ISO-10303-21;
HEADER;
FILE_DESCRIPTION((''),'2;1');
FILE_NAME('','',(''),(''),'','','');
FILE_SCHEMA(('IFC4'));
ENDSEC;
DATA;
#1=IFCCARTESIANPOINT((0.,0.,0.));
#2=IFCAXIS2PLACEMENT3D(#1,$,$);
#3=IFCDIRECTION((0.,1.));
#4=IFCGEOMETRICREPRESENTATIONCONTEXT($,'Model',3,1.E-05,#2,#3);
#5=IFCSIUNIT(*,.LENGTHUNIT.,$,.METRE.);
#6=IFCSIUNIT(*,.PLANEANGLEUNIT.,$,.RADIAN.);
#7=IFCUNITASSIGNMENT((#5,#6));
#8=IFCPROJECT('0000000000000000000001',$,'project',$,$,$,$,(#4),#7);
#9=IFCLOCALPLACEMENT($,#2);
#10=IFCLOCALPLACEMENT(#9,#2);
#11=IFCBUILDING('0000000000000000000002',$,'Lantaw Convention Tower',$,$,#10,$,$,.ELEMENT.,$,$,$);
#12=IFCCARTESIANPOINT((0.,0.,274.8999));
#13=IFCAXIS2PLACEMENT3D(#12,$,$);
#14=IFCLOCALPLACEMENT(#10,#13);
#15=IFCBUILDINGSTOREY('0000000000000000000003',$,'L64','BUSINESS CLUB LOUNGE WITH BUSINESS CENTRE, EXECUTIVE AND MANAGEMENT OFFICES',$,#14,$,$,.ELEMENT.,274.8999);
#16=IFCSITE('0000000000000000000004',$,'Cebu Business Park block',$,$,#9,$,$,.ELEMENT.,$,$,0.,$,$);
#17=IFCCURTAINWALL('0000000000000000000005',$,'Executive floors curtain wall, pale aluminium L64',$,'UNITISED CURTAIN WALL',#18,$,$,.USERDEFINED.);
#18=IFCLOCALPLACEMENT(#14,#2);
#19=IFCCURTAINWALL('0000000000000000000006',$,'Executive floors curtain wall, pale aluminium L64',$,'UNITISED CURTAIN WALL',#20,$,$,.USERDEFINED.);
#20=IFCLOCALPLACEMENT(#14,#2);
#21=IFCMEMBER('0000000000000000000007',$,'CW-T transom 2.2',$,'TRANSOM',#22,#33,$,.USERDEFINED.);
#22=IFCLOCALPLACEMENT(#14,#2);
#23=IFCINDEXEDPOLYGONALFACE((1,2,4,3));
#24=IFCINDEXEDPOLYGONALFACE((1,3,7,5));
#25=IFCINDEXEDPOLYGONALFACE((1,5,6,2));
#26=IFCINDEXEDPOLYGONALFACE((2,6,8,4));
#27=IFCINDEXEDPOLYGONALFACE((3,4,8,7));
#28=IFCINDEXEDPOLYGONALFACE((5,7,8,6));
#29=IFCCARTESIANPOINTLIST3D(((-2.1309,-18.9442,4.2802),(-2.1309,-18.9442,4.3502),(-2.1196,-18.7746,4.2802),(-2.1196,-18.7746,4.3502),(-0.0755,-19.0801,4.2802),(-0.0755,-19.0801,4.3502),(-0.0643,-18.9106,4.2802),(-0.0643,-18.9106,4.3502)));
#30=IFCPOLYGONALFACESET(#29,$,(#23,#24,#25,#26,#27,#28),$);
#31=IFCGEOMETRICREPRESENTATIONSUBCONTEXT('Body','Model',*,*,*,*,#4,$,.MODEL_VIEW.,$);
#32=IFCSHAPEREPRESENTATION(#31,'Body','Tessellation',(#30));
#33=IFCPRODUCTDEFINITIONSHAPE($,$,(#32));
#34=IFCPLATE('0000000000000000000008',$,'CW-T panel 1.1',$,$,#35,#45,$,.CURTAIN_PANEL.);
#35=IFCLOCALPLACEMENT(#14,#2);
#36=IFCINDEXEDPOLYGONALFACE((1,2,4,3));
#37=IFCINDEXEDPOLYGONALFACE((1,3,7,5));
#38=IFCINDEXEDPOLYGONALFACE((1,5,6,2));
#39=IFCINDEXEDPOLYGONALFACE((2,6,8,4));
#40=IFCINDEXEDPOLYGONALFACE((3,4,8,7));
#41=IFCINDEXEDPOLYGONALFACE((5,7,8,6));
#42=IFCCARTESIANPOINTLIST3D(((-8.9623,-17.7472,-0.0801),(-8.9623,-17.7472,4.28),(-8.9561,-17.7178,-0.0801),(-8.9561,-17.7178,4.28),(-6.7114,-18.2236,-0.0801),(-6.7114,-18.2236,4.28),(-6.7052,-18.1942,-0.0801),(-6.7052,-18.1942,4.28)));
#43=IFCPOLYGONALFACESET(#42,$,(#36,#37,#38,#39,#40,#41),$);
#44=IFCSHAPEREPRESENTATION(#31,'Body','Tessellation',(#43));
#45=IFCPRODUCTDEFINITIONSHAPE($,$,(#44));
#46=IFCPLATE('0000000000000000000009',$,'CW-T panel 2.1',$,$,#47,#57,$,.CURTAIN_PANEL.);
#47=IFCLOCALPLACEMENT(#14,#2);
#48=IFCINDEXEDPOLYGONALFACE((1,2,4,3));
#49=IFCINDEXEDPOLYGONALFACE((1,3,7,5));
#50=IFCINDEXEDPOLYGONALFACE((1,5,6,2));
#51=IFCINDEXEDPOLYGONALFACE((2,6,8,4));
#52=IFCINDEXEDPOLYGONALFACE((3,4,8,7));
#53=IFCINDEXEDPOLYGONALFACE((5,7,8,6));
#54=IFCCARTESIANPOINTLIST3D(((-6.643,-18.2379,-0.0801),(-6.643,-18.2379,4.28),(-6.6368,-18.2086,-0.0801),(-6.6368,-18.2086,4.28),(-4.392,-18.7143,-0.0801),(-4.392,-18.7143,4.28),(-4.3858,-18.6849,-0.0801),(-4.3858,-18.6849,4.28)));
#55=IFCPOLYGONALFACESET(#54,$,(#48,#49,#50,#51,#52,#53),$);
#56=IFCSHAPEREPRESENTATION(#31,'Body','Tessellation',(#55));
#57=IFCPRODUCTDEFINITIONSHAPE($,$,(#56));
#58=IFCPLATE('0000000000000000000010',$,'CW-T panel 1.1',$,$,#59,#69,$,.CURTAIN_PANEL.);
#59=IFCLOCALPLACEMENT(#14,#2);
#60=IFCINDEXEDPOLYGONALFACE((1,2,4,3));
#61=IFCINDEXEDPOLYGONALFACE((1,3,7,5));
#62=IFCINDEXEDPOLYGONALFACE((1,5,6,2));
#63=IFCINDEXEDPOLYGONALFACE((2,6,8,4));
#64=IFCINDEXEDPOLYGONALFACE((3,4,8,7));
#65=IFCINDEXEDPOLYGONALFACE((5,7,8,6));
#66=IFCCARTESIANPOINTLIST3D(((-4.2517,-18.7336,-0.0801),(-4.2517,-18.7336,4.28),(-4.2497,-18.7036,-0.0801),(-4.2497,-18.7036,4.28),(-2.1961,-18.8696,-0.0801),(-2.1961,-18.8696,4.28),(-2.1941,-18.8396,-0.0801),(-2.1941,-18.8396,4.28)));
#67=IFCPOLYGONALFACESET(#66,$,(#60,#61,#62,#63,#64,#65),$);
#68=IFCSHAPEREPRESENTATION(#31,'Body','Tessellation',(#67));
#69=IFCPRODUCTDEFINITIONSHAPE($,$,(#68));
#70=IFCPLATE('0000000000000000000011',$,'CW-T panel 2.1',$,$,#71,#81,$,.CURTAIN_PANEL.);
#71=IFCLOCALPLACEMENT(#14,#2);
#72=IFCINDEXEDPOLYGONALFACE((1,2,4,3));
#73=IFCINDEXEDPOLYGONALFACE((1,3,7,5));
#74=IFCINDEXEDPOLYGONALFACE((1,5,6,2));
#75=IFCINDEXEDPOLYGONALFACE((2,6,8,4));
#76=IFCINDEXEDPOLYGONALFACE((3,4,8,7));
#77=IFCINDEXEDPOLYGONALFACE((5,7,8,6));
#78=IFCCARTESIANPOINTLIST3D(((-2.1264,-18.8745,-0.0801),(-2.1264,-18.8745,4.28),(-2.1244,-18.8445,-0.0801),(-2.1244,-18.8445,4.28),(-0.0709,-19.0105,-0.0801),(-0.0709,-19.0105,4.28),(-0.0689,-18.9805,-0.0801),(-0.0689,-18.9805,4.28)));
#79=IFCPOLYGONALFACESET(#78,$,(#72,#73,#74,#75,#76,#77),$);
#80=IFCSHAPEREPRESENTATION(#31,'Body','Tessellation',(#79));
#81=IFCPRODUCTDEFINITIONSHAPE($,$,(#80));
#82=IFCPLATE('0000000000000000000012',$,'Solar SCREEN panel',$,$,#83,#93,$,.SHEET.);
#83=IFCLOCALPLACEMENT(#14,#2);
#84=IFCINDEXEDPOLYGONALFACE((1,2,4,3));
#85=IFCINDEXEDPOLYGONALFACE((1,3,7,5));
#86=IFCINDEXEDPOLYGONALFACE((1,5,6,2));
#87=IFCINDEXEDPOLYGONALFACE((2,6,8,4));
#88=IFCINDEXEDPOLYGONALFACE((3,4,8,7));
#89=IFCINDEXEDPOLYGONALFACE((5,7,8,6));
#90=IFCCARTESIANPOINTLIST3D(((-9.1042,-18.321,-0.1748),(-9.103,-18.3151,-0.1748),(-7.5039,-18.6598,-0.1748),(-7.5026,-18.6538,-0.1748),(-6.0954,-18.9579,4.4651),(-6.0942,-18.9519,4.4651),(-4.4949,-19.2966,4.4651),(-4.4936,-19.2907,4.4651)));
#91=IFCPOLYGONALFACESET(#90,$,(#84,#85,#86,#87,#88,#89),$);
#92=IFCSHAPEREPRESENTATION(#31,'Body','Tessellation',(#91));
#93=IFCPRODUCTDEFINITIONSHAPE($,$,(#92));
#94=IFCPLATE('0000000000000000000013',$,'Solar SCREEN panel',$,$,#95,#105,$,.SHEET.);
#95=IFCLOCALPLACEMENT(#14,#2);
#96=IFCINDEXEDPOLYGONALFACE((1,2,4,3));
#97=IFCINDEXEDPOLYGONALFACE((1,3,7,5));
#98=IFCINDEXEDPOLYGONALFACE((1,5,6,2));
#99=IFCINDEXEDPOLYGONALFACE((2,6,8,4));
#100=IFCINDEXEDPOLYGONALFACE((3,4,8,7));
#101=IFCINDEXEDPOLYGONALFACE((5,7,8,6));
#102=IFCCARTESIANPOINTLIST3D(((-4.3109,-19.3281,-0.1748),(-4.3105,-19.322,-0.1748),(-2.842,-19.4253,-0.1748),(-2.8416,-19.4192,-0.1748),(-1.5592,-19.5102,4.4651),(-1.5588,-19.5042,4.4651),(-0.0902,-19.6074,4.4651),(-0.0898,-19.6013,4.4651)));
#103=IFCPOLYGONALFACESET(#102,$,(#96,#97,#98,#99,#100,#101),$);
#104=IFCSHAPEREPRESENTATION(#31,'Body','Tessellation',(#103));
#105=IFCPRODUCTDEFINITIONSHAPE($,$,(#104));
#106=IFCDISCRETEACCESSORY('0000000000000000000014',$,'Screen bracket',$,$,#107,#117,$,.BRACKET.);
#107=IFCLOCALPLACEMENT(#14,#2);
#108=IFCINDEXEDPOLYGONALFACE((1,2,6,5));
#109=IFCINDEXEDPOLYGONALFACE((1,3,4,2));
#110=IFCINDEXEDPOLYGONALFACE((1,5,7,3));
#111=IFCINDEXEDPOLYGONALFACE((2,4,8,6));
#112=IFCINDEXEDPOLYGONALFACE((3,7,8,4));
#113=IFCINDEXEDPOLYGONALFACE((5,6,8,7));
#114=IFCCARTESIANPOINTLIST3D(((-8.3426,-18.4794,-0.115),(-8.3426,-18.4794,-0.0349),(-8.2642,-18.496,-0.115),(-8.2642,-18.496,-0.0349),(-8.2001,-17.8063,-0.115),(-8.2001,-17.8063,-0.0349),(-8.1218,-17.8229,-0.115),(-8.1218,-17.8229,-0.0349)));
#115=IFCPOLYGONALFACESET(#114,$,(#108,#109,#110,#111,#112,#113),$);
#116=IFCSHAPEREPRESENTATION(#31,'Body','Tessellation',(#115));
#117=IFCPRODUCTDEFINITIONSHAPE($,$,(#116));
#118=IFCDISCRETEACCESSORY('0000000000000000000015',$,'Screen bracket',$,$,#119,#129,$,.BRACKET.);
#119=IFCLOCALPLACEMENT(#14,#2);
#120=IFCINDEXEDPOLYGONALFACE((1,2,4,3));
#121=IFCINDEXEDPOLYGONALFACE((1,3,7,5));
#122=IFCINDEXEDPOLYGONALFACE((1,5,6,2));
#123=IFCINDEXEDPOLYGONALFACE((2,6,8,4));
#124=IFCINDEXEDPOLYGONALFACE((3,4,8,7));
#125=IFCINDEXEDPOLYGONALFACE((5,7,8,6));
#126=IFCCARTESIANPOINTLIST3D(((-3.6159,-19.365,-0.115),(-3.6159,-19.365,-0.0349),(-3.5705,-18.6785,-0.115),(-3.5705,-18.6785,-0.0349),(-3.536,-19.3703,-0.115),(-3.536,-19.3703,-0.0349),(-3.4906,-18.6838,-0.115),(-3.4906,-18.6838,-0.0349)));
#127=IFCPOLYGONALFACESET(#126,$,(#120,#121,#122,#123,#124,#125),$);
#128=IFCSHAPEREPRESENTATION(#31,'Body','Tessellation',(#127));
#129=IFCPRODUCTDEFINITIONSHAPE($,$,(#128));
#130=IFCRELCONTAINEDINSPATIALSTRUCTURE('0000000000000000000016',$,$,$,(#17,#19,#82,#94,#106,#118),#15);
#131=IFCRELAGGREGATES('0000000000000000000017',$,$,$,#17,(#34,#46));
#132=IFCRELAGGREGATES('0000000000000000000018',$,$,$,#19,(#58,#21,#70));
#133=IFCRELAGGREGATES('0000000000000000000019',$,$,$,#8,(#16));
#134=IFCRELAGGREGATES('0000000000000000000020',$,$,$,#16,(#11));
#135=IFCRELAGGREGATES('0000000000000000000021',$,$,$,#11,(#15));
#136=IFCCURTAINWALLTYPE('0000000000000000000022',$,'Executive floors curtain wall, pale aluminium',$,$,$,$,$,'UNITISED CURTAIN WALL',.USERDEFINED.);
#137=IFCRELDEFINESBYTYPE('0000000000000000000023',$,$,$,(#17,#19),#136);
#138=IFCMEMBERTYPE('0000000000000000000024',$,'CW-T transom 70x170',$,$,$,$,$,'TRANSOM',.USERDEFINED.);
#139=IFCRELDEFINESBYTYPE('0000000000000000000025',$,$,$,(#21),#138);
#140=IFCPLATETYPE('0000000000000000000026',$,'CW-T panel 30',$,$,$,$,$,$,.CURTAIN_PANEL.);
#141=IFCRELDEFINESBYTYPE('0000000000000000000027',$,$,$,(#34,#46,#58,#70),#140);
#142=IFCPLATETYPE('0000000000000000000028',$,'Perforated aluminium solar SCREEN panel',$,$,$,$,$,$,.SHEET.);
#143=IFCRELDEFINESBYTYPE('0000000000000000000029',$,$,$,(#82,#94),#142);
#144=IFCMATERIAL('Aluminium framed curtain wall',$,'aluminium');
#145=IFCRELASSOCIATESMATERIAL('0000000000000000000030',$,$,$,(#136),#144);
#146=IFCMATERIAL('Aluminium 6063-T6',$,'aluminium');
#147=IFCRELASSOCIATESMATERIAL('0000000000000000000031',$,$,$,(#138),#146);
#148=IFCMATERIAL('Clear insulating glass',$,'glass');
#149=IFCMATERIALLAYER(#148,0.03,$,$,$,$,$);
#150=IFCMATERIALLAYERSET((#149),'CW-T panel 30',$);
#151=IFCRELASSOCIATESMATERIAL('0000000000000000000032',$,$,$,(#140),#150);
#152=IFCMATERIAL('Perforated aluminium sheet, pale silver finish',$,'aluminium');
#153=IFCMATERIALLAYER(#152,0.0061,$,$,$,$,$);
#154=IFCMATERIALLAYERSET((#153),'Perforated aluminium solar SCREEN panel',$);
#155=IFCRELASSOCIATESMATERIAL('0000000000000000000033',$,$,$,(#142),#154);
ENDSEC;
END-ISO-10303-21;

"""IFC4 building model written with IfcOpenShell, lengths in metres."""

from ifc_helpers import new_model, si_unit, direction, frame, origin, origin_2d, place, context, subcontext, project, spatial, polyline, rectangle, outline, extrude, material, layer, layer_set, material_profile, profile_set, type_object, element, aggregate, save


model = new_model("IFC4")

# Units and contexts
model_context = context("Model", 3, precision=1e-05, world=origin(), true_north=direction((0.0, 1.0)))
body_context = subcontext(model_context, "Body", "Model", "MODEL_VIEW")
ifc_project = project(units=[si_unit("LENGTHUNIT", "METRE"), si_unit("PLANEANGLEUNIT", "RADIAN")], contexts=[model_context])

# Site, building, storey
site_placement = place(None, origin())
site = spatial("IfcSite", under=ifc_project, at=site_placement, Name="Cebu Business Park block", CompositionType="ELEMENT", RefElevation=0.0)
building_placement = place(site_placement, origin())
building = spatial("IfcBuilding", under=site, at=building_placement, Name="Lantaw Convention Tower", CompositionType="ELEMENT")
storey_placement = place(building_placement, frame((0.0, 0.0, 274.8999)))
storey = spatial("IfcBuildingStorey", under=building, at=storey_placement, Name="L64", Description="BUSINESS CLUB LOUNGE WITH BUSINESS CENTRE, EXECUTIVE AND MANAGEMENT OFFICES", CompositionType="ELEMENT", Elevation=274.8999)

# Shared definitions
ifc_material_1 = material(Name="Aluminium framed curtain wall", Category="aluminium")
curtain_wall_type = type_object("IfcCurtainWallType", Name="Executive floors curtain wall, pale aluminium", ElementType="UNITISED CURTAIN WALL", PredefinedType="USERDEFINED", material=ifc_material_1)
ifc_material_2 = material(Name="Aluminium 6063-T6", Category="aluminium")

# Curtain walls
curtain_wall_1_placement = place(storey_placement, origin())
curtain_wall_1 = element("IfcCurtainWall", 1, at=curtain_wall_1_placement, inside=storey, type_object=curtain_wall_type, Name="Executive floors curtain wall, pale aluminium L64", ObjectType="UNITISED CURTAIN WALL", PredefinedType="USERDEFINED")
curtain_wall_2_placement = place(storey_placement, origin())
curtain_wall_2 = element("IfcCurtainWall", 2, at=curtain_wall_2_placement, inside=storey, type_object=curtain_wall_type, Name="Executive floors curtain wall, pale aluminium L64", ObjectType="UNITISED CURTAIN WALL", PredefinedType="USERDEFINED")

# Member
ifc_material_profile_1 = material_profile(ifc_material_2, rectangle(XDim=0.1699, YDim=0.0701, at=origin_2d()), Name="CW-T transom 70x170")
ifc_profile_set_1 = profile_set([ifc_material_profile_1], Name="Aluminium 6063-T6")
member_type_1 = type_object("IfcMemberType", Name="CW-T transom 70x170", ElementType="TRANSOM", PredefinedType="USERDEFINED", material=ifc_profile_set_1)
member_1_placement = place(storey_placement, frame((-2.1252, -18.8594, 4.3152), z_axis=(0.997819, -0.066016, 0.0), x_axis=(0.066016, 0.997819, 0.0)))
member_1 = element("IfcMember", 3, at=member_1_placement, type_object=member_type_1, Name="CW-T transom 2.2", ObjectType="TRANSOM", PredefinedType="USERDEFINED", context=body_context, shape_type="SweptSolid", body=[
    extrude(rectangle(XDim=0.1699, YDim=0.0701, at=origin_2d()), origin(), (0.0, 0.0, 1.0), 2.0598),
])

# Plates
ifc_material_3 = material(Name="Clear insulating glass", Category="glass")
ifc_layer_1 = layer(ifc_material_3, 0.03)
ifc_layer_set_1 = layer_set([ifc_layer_1], Name="CW-T panel 30")
plate_type_1 = type_object("IfcPlateType", Name="CW-T panel 30", PredefinedType="CURTAIN_PANEL", material=ifc_layer_set_1)
plate_1_placement = place(storey_placement, frame((-7.8337, -17.9707, -0.0801), z_axis=(0.0, 0.0, 1.0), x_axis=(0.978332, -0.20704, 0.0)))
plate_1 = element("IfcPlate", 4, at=plate_1_placement, type_object=plate_type_1, Name="CW-T panel 1.1", PredefinedType="CURTAIN_PANEL", context=body_context, shape_type="SweptSolid", body=[
    extrude(rectangle(XDim=2.3008, YDim=0.03, at=origin_2d()), origin(), (0.0, 0.0, 1.0), 4.3601),
])
plate_2_placement = place(storey_placement, frame((-5.5144, -18.4614, -0.0801), z_axis=(0.0, 0.0, 1.0), x_axis=(0.978332, -0.20704, 0.0)))
plate_2 = element("IfcPlate", 5, at=plate_2_placement, type_object=plate_type_1, Name="CW-T panel 2.1", PredefinedType="CURTAIN_PANEL", context=body_context, shape_type="SweptSolid", body=[
    extrude(rectangle(XDim=2.3008, YDim=0.03, at=origin_2d()), origin(), (0.0, 0.0, 1.0), 4.3601),
])
aggregate(curtain_wall_1, [plate_1, plate_2])
plate_3_placement = place(storey_placement, frame((-3.2229, -18.7866, -0.0801), z_axis=(0.0, 0.0, 1.0), x_axis=(0.997818, -0.066025, 0.0)))
plate_3 = element("IfcPlate", 6, at=plate_3_placement, type_object=plate_type_1, Name="CW-T panel 1.1", PredefinedType="CURTAIN_PANEL", context=body_context, shape_type="SweptSolid", body=[
    extrude(rectangle(XDim=2.0601, YDim=0.03, at=origin_2d()), origin(), (0.0, 0.0, 1.0), 4.3601),
])
plate_4_placement = place(storey_placement, frame((-1.0977, -18.9275, -0.0801), z_axis=(0.0, 0.0, 1.0), x_axis=(0.997818, -0.066025, 0.0)))
plate_4 = element("IfcPlate", 7, at=plate_4_placement, type_object=plate_type_1, Name="CW-T panel 2.1", PredefinedType="CURTAIN_PANEL", context=body_context, shape_type="SweptSolid", body=[
    extrude(rectangle(XDim=2.0601, YDim=0.03, at=origin_2d()), origin(), (0.0, 0.0, 1.0), 4.3601),
])
aggregate(curtain_wall_2, [plate_3, member_1, plate_4])

# Plates
ifc_material_4 = material(Name="Perforated aluminium sheet, pale silver finish", Category="aluminium")
ifc_layer_2 = layer(ifc_material_4, 0.0061)
ifc_layer_set_2 = layer_set([ifc_layer_2], Name="Perforated aluminium solar SCREEN panel")
plate_type_2 = type_object("IfcPlateType", Name="Perforated aluminium solar SCREEN panel", PredefinedType="SHEET", material=ifc_layer_set_2)
plate_5_placement = place(storey_placement, frame((-9.1042, -18.321, -0.1748), z_axis=(-0.207067, -0.978327, 0.000002), x_axis=(0.978327, -0.207067, 0.0)))
element("IfcPlate", 8, at=plate_5_placement, inside=storey, type_object=plate_type_2, Name="Solar SCREEN panel", PredefinedType="SHEET", context=body_context, shape_type="SweptSolid", body=[
    extrude(outline(polyline([(0.0, 0.0), (1.6358, 0.0), (4.7115, 4.6399), (3.0755, 4.6399), (0.0, 0.0)])), origin(), (0.0, 0.0, -1.0), 0.0061),
])
plate_6_placement = place(storey_placement, frame((-4.3105, -19.322, -0.1748), z_axis=(0.066002, 0.99782, 0.000025), x_axis=(0.99782, -0.066002, 0.0)))
element("IfcPlate", 9, at=plate_6_placement, inside=storey, type_object=plate_type_2, Name="Solar SCREEN panel", PredefinedType="SHEET", context=body_context, shape_type="SweptSolid", body=[
    extrude(outline(polyline([(0.0, 0.0), (1.4722, 0.0), (4.2299, -4.6399), (2.7577, -4.6399), (0.0, 0.0)])), origin(), (0.0, 0.0, -1.0), 0.0061),
])

# Discrete accessories
for number, where, z_axis, x_axis, name in (
    (10, (-8.2322, -18.1511, -0.115), (0.0, 0.0, 1.0), (0.978332, -0.20704, 0.0), "Screen bracket"),
    (11, (-3.5532, -19.0244, -0.115), (0.0, 0.0, 1.0), (0.997818, -0.066025, 0.0), "Screen bracket"),
):
    element("IfcDiscreteAccessory", number, at=place(storey_placement, frame(where, z_axis=z_axis, x_axis=x_axis)), inside=storey, Name=name, PredefinedType="BRACKET", context=body_context, shape_type="SweptSolid", body=[
        extrude(rectangle(XDim=0.0801, YDim=0.688, at=origin_2d()), origin(), (0.0, 0.0, 1.0), 0.0801),
    ])

save(model, "model.ifc")
